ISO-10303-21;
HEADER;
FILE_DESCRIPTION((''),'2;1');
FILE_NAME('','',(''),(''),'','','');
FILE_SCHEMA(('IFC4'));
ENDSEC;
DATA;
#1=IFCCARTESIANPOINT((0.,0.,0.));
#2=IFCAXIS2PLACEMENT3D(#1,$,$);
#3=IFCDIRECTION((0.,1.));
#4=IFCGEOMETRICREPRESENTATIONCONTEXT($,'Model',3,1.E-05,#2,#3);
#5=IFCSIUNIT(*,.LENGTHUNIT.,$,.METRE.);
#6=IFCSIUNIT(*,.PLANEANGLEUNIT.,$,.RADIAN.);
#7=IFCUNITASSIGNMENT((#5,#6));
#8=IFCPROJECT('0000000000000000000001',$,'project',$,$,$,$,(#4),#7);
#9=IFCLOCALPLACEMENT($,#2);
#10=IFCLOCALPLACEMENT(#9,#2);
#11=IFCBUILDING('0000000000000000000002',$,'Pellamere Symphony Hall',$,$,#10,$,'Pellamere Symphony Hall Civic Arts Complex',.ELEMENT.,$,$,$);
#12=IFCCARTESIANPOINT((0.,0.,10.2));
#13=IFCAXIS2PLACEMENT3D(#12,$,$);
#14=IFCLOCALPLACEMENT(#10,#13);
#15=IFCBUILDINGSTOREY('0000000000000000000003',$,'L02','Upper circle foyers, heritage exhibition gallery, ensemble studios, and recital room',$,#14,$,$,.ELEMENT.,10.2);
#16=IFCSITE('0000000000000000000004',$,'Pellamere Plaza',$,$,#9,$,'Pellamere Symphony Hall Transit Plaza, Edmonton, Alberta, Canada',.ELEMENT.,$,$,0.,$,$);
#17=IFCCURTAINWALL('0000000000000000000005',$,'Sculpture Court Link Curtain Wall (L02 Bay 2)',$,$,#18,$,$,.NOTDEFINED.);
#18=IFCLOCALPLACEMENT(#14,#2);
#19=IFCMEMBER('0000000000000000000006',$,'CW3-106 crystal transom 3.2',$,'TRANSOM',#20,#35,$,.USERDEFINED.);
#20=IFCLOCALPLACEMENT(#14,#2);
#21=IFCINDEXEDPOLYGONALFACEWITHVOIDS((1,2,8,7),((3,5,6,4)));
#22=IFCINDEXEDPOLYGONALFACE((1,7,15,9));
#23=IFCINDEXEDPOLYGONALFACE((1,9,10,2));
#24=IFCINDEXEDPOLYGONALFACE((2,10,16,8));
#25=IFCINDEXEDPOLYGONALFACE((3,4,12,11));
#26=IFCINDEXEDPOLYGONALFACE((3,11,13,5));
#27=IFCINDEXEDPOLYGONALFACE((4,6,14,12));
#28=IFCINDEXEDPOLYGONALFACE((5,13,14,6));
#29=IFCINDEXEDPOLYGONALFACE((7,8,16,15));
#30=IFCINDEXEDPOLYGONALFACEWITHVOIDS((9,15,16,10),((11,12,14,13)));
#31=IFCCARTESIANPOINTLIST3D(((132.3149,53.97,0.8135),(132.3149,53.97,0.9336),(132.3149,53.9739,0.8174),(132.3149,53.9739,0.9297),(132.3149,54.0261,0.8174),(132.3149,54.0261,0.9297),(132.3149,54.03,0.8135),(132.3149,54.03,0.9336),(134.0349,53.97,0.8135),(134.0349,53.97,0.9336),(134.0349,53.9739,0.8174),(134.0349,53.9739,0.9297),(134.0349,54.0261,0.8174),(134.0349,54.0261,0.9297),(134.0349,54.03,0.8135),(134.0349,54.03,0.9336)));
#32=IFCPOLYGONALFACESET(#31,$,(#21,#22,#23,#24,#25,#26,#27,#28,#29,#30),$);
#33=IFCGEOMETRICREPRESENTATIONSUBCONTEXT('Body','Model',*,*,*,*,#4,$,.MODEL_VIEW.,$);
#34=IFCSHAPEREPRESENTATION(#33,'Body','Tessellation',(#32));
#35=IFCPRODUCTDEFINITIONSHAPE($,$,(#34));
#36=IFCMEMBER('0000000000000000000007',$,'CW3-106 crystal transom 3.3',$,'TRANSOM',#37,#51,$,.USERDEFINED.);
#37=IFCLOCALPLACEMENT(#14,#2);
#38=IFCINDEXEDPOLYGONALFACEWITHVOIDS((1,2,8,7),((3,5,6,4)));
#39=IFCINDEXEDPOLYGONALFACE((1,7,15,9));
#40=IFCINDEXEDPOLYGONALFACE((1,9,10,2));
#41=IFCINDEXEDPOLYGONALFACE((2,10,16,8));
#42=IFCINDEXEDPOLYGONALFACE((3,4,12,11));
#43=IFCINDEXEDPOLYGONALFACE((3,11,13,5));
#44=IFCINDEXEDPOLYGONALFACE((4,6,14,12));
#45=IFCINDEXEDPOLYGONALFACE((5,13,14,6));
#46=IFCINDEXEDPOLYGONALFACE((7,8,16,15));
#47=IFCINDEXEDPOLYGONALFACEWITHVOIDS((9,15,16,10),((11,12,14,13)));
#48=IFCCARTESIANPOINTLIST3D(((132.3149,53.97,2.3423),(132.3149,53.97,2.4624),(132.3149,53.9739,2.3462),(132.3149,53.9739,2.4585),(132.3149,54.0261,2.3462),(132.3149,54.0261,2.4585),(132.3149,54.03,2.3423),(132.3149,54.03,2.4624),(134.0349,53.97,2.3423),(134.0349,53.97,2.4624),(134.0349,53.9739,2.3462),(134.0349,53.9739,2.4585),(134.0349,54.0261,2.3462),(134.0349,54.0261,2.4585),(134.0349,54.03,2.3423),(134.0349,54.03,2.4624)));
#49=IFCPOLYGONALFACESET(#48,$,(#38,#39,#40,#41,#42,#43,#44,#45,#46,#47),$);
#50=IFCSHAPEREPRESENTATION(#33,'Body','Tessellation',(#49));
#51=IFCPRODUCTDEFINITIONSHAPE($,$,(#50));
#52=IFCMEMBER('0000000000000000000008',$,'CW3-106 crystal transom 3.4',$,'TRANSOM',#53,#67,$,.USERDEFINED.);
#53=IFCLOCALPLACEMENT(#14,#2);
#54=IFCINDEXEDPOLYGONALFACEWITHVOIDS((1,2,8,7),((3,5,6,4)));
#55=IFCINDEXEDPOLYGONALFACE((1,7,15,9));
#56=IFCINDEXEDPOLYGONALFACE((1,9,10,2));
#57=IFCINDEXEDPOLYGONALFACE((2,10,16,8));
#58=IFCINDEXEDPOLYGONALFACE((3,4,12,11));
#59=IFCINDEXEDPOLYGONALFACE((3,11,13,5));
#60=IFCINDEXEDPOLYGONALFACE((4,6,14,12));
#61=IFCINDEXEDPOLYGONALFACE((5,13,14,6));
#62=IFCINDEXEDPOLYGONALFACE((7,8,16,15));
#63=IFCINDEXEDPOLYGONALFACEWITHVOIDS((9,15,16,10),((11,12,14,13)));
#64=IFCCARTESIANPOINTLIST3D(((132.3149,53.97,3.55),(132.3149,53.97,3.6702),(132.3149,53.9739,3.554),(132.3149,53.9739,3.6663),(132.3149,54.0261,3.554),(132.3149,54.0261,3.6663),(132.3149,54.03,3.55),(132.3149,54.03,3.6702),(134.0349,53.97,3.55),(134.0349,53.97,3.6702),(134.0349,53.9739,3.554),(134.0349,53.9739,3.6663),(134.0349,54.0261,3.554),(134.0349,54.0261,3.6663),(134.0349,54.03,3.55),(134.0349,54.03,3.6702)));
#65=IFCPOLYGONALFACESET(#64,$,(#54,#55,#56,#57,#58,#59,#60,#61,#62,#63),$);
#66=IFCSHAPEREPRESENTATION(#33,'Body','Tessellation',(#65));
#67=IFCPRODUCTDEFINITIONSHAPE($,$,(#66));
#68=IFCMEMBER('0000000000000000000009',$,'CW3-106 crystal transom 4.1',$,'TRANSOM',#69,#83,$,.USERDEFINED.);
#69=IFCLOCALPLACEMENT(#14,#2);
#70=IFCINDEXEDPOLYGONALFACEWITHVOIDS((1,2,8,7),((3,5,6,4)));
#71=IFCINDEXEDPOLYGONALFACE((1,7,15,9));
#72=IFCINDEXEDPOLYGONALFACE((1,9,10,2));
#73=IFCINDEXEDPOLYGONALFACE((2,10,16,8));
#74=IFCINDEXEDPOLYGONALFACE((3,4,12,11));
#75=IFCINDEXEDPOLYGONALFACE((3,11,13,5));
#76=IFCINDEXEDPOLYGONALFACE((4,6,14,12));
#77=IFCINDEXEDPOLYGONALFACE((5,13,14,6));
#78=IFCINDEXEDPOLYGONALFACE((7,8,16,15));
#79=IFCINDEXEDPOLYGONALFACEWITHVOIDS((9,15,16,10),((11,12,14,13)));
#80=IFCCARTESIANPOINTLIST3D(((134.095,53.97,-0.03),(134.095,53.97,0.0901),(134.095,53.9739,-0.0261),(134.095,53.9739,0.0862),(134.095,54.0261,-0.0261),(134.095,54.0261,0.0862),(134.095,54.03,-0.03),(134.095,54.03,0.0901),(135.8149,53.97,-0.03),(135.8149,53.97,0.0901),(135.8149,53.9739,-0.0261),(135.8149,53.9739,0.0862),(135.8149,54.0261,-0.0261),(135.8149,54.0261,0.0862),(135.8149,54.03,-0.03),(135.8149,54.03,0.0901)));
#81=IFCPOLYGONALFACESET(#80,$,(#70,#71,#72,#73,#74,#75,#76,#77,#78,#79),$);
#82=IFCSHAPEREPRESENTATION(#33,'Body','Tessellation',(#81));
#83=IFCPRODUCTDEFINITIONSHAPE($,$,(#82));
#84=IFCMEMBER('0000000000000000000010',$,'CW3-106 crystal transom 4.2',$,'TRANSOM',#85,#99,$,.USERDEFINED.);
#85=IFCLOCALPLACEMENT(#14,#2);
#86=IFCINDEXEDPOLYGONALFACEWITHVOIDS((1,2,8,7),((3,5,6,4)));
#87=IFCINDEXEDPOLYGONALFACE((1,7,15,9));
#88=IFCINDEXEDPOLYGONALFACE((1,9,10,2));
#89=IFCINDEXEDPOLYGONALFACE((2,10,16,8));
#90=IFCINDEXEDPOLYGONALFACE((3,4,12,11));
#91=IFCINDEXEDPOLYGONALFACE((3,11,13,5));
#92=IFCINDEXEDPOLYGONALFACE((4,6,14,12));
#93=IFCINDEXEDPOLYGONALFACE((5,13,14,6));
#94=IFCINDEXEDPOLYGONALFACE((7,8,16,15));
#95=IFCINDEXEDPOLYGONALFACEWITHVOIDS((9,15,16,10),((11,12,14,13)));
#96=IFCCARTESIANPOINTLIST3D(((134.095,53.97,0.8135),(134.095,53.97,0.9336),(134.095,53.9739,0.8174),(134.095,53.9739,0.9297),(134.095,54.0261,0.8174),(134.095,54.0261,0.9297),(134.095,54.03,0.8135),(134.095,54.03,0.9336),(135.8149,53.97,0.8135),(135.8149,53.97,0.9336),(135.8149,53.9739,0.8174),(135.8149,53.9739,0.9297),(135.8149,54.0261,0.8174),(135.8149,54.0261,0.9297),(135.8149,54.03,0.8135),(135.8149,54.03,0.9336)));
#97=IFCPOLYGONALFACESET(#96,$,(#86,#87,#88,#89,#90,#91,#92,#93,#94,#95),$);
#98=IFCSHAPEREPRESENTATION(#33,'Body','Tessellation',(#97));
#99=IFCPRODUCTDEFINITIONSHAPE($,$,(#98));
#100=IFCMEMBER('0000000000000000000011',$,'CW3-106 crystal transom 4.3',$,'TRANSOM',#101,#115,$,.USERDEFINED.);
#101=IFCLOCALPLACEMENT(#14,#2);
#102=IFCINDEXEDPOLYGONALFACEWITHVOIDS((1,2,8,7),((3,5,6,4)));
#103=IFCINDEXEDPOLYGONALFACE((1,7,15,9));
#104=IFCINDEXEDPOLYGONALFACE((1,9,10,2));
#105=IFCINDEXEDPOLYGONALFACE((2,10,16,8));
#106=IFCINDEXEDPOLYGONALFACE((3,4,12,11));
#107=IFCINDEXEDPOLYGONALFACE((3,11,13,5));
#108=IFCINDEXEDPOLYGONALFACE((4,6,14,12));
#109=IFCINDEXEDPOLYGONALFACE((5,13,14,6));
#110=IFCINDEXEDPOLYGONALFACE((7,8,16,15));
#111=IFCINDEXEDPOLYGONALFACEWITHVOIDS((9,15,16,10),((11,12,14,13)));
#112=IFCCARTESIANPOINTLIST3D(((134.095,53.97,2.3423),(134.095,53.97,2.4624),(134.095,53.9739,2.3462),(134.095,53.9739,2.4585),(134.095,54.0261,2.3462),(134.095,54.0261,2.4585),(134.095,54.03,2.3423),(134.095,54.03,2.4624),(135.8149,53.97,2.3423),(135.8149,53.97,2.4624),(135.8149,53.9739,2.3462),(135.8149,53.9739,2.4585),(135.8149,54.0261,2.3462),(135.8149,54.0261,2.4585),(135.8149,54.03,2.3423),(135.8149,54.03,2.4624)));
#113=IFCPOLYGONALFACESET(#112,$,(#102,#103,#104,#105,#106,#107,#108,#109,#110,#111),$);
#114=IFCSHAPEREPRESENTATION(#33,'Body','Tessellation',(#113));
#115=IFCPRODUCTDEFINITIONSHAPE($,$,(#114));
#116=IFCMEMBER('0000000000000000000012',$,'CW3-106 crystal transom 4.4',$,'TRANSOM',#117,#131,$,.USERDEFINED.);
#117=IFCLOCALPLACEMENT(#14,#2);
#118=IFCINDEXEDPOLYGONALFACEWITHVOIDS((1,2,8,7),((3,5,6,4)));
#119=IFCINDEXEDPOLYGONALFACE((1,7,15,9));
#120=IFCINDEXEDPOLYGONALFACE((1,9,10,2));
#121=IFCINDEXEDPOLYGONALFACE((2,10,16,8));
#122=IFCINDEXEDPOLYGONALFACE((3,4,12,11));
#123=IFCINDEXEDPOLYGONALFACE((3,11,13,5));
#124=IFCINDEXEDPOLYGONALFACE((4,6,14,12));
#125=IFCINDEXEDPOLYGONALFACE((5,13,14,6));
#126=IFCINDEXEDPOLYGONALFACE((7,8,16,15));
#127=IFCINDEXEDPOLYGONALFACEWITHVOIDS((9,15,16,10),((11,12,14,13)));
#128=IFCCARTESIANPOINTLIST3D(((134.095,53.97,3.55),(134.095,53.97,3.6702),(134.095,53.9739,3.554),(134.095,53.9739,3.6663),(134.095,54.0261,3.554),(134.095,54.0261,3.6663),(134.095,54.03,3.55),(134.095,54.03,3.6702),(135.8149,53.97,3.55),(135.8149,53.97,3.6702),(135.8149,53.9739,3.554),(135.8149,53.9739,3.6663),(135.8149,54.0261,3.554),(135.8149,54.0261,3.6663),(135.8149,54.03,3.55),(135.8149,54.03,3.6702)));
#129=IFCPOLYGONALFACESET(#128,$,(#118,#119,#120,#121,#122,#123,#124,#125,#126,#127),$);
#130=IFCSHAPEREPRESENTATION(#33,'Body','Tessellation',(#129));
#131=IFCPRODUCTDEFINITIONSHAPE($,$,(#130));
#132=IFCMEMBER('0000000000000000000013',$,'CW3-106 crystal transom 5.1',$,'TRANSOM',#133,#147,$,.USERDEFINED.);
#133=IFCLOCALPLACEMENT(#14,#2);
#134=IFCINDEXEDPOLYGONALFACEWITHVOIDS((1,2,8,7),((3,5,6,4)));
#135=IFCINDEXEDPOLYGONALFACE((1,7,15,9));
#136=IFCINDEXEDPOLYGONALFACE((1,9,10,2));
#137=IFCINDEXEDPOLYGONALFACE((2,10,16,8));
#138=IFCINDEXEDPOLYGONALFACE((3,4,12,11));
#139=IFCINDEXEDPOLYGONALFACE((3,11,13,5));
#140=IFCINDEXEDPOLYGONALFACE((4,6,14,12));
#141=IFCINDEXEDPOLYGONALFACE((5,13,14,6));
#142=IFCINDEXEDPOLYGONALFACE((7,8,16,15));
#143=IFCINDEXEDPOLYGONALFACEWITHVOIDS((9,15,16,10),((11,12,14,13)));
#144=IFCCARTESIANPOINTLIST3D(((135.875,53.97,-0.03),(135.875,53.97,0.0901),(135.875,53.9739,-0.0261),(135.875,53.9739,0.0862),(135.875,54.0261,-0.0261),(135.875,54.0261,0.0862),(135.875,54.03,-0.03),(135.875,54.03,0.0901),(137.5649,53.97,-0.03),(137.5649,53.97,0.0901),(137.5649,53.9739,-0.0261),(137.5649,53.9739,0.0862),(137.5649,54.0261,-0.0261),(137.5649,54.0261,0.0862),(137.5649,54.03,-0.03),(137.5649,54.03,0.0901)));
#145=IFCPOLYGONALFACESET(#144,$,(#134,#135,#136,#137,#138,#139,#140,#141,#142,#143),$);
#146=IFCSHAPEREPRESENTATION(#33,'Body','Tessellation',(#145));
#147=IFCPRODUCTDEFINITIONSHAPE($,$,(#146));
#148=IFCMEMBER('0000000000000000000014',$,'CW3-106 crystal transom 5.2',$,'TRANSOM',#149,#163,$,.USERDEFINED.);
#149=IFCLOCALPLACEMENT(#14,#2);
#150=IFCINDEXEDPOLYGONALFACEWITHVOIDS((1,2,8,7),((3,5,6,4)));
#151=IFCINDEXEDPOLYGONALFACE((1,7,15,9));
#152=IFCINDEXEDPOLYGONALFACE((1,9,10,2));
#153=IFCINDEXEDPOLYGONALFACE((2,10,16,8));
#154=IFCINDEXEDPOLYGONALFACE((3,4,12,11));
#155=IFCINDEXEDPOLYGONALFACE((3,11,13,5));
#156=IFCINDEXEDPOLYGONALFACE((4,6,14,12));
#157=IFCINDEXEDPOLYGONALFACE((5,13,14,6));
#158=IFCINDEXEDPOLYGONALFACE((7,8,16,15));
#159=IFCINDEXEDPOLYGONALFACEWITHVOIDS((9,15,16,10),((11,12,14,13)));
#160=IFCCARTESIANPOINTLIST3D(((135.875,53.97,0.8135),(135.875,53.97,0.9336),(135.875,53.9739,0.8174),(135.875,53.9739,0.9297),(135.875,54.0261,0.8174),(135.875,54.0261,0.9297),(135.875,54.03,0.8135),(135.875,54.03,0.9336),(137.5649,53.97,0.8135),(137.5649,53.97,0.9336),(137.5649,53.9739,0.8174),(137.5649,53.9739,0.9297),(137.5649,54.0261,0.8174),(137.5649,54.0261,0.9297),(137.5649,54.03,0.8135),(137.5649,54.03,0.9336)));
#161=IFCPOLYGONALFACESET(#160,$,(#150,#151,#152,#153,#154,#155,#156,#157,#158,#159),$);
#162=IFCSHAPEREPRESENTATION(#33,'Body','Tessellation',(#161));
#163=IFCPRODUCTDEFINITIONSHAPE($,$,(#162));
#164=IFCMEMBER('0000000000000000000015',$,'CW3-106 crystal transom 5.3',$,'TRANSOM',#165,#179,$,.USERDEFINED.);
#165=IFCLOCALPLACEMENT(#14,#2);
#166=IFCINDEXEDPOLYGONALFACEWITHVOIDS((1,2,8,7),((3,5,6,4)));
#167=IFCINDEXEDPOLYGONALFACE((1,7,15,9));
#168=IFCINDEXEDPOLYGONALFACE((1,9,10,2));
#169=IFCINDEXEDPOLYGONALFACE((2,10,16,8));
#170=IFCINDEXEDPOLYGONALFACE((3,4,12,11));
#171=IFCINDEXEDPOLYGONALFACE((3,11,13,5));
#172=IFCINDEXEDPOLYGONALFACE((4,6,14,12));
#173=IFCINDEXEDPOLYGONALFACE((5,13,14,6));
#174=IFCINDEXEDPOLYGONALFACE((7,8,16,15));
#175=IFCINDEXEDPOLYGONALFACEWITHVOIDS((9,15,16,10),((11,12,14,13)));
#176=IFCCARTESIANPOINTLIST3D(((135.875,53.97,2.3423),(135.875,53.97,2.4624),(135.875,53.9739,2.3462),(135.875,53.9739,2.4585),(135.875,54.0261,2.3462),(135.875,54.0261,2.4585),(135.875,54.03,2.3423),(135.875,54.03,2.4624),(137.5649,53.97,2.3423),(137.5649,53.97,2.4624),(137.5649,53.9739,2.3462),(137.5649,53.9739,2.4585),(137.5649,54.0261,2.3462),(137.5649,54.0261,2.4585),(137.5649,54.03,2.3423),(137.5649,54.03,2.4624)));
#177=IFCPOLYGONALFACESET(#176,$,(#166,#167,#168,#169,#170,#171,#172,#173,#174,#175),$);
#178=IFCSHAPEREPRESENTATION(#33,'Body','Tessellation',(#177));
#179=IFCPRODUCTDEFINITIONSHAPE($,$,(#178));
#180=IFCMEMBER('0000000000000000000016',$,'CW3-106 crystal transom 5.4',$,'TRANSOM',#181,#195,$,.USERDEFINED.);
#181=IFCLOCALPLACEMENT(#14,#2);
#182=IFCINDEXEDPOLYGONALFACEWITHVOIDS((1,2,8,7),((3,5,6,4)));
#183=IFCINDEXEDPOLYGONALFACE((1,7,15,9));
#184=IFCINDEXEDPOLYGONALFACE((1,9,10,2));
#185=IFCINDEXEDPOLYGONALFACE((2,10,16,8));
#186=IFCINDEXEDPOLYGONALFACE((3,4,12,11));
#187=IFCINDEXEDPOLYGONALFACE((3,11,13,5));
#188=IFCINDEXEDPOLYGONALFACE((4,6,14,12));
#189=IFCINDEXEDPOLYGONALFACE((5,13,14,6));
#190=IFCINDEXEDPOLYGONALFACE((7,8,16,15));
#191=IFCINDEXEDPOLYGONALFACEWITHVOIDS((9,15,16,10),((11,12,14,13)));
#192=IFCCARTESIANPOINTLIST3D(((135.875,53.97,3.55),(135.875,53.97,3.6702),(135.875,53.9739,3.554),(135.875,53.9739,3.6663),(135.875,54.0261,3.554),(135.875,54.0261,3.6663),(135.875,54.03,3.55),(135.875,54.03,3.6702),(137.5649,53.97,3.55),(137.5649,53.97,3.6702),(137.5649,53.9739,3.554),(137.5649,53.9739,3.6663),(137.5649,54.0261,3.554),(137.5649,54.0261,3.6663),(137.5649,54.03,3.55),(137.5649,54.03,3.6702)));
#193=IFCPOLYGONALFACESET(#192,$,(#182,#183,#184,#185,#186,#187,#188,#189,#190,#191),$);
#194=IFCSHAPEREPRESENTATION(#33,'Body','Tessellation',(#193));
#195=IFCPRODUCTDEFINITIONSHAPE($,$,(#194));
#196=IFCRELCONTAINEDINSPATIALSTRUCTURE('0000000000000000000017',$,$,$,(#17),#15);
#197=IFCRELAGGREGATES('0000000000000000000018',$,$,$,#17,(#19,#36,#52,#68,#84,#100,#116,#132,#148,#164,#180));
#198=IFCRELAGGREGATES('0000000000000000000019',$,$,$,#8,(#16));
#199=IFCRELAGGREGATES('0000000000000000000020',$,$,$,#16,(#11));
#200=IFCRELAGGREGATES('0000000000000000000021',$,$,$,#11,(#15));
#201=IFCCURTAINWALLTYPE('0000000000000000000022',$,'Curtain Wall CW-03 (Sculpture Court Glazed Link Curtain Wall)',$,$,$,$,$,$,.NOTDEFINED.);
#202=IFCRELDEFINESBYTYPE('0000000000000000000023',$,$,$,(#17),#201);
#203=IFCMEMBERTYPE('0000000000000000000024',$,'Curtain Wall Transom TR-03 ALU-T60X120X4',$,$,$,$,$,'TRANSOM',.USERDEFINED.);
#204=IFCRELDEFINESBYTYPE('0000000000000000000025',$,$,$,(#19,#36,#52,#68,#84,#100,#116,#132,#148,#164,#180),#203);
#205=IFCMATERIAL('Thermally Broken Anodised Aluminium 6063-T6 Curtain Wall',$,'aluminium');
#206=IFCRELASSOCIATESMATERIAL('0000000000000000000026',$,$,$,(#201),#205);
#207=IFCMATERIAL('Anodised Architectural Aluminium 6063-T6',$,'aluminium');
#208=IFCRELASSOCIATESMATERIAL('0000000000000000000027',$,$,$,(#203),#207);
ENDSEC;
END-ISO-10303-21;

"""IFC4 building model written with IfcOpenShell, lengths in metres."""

from ifc_helpers import new_model, si_unit, direction, frame, origin, origin_2d, place, context, subcontext, project, spatial, hollow_rectangle, extrude, material, material_profile, profile_set, type_object, element, aggregate, save


model = new_model("IFC4")

# Units and contexts
model_context = context("Model", 3, precision=1e-05, world=origin(), true_north=direction((0.0, 1.0)))
body_context = subcontext(model_context, "Body", "Model", "MODEL_VIEW")
ifc_project = project(units=[si_unit("LENGTHUNIT", "METRE"), si_unit("PLANEANGLEUNIT", "RADIAN")], contexts=[model_context])

# Site, building, storey
site_placement = place(None, origin())
site = spatial("IfcSite", under=ifc_project, at=site_placement, Name="Pellamere Plaza", LongName="Pellamere Symphony Hall Transit Plaza, Edmonton, Alberta, Canada", CompositionType="ELEMENT", RefElevation=0.0)
building_placement = place(site_placement, origin())
building = spatial("IfcBuilding", under=site, at=building_placement, Name="Pellamere Symphony Hall", LongName="Pellamere Symphony Hall Civic Arts Complex", CompositionType="ELEMENT")
storey_placement = place(building_placement, frame((0.0, 0.0, 10.2)))
storey = spatial("IfcBuildingStorey", under=building, at=storey_placement, Name="L02", Description="Upper circle foyers, heritage exhibition gallery, ensemble studios, and recital room", CompositionType="ELEMENT", Elevation=10.2)

# Curtain wall, members
ifc_material_1 = material(Name="Thermally Broken Anodised Aluminium 6063-T6 Curtain Wall", Category="aluminium")
curtain_wall_type = type_object("IfcCurtainWallType", Name="Curtain Wall CW-03 (Sculpture Court Glazed Link Curtain Wall)", PredefinedType="NOTDEFINED", material=ifc_material_1)
curtain_wall_placement = place(storey_placement, origin())
curtain_wall = element("IfcCurtainWall", 1, at=curtain_wall_placement, inside=storey, type_object=curtain_wall_type, Name="Sculpture Court Link Curtain Wall (L02 Bay 2)", PredefinedType="NOTDEFINED")
ifc_material_2 = material(Name="Anodised Architectural Aluminium 6063-T6", Category="aluminium")
ifc_material_profile_1 = material_profile(ifc_material_2, hollow_rectangle(XDim=0.0601, YDim=0.1201, WallThickness=0.0039, at=origin_2d()), Name="ALU-T60X120X4")
ifc_profile_set_1 = profile_set([ifc_material_profile_1], Name="Anodised Architectural Aluminium 6063-T6")
member_type_1 = type_object("IfcMemberType", Name="Curtain Wall Transom TR-03 ALU-T60X120X4", ElementType="TRANSOM", PredefinedType="USERDEFINED", material=ifc_profile_set_1)
member_1_placement = place(storey_placement, frame((132.3149, 54.0, 0.8735), z_axis=(1.0, 0.0, 0.0), x_axis=(0.0, 1.0, 0.0)))
member_1 = element("IfcMember", 2, at=member_1_placement, type_object=member_type_1, Name="CW3-106 crystal transom 3.2", ObjectType="TRANSOM", PredefinedType="USERDEFINED", context=body_context, shape_type="SweptSolid", body=[
    extrude(hollow_rectangle(XDim=0.0601, YDim=0.1201, WallThickness=0.0039, at=origin_2d()), origin(), (0.0, 0.0, 1.0), 1.72),
])
member_2_placement = place(storey_placement, frame((132.3149, 54.0, 2.4023), z_axis=(1.0, 0.0, 0.0), x_axis=(0.0, 1.0, 0.0)))
member_2 = element("IfcMember", 3, at=member_2_placement, type_object=member_type_1, Name="CW3-106 crystal transom 3.3", ObjectType="TRANSOM", PredefinedType="USERDEFINED", context=body_context, shape_type="SweptSolid", body=[
    extrude(hollow_rectangle(XDim=0.0601, YDim=0.1201, WallThickness=0.0039, at=origin_2d()), origin(), (0.0, 0.0, 1.0), 1.72),
])
member_3_placement = place(storey_placement, frame((132.3149, 54.0, 3.6101), z_axis=(1.0, 0.0, 0.0), x_axis=(0.0, 1.0, 0.0)))
member_3 = element("IfcMember", 4, at=member_3_placement, type_object=member_type_1, Name="CW3-106 crystal transom 3.4", ObjectType="TRANSOM", PredefinedType="USERDEFINED", context=body_context, shape_type="SweptSolid", body=[
    extrude(hollow_rectangle(XDim=0.0601, YDim=0.1201, WallThickness=0.0039, at=origin_2d()), origin(), (0.0, 0.0, 1.0), 1.72),
])
member_4_placement = place(storey_placement, frame((134.095, 54.0, 0.03), z_axis=(1.0, 0.0, 0.0), x_axis=(0.0, 1.0, 0.0)))
member_4 = element("IfcMember", 5, at=member_4_placement, type_object=member_type_1, Name="CW3-106 crystal transom 4.1", ObjectType="TRANSOM", PredefinedType="USERDEFINED", context=body_context, shape_type="SweptSolid", body=[
    extrude(hollow_rectangle(XDim=0.0601, YDim=0.1201, WallThickness=0.0039, at=origin_2d()), origin(), (0.0, 0.0, 1.0), 1.72),
])
member_5_placement = place(storey_placement, frame((134.095, 54.0, 0.8735), z_axis=(1.0, 0.0, 0.0), x_axis=(0.0, 1.0, 0.0)))
member_5 = element("IfcMember", 6, at=member_5_placement, type_object=member_type_1, Name="CW3-106 crystal transom 4.2", ObjectType="TRANSOM", PredefinedType="USERDEFINED", context=body_context, shape_type="SweptSolid", body=[
    extrude(hollow_rectangle(XDim=0.0601, YDim=0.1201, WallThickness=0.0039, at=origin_2d()), origin(), (0.0, 0.0, 1.0), 1.72),
])
member_6_placement = place(storey_placement, frame((134.095, 54.0, 2.4023), z_axis=(1.0, 0.0, 0.0), x_axis=(0.0, 1.0, 0.0)))
member_6 = element("IfcMember", 7, at=member_6_placement, type_object=member_type_1, Name="CW3-106 crystal transom 4.3", ObjectType="TRANSOM", PredefinedType="USERDEFINED", context=body_context, shape_type="SweptSolid", body=[
    extrude(hollow_rectangle(XDim=0.0601, YDim=0.1201, WallThickness=0.0039, at=origin_2d()), origin(), (0.0, 0.0, 1.0), 1.72),
])
member_7_placement = place(storey_placement, frame((134.095, 54.0, 3.6101), z_axis=(1.0, 0.0, 0.0), x_axis=(0.0, 1.0, 0.0)))
member_7 = element("IfcMember", 8, at=member_7_placement, type_object=member_type_1, Name="CW3-106 crystal transom 4.4", ObjectType="TRANSOM", PredefinedType="USERDEFINED", context=body_context, shape_type="SweptSolid", body=[
    extrude(hollow_rectangle(XDim=0.0601, YDim=0.1201, WallThickness=0.0039, at=origin_2d()), origin(), (0.0, 0.0, 1.0), 1.72),
])
member_8_placement = place(storey_placement, frame((135.875, 54.0, 0.03), z_axis=(1.0, 0.0, 0.0), x_axis=(0.0, 1.0, 0.0)))
member_8 = element("IfcMember", 9, at=member_8_placement, type_object=member_type_1, Name="CW3-106 crystal transom 5.1", ObjectType="TRANSOM", PredefinedType="USERDEFINED", context=body_context, shape_type="SweptSolid", body=[
    extrude(hollow_rectangle(XDim=0.0601, YDim=0.1201, WallThickness=0.0039, at=origin_2d()), origin(), (0.0, 0.0, 1.0), 1.6899),
])
member_9_placement = place(storey_placement, frame((135.875, 54.0, 0.8735), z_axis=(1.0, 0.0, 0.0), x_axis=(0.0, 1.0, 0.0)))
member_9 = element("IfcMember", 10, at=member_9_placement, type_object=member_type_1, Name="CW3-106 crystal transom 5.2", ObjectType="TRANSOM", PredefinedType="USERDEFINED", context=body_context, shape_type="SweptSolid", body=[
    extrude(hollow_rectangle(XDim=0.0601, YDim=0.1201, WallThickness=0.0039, at=origin_2d()), origin(), (0.0, 0.0, 1.0), 1.6899),
])
member_10_placement = place(storey_placement, frame((135.875, 54.0, 2.4023), z_axis=(1.0, 0.0, 0.0), x_axis=(0.0, 1.0, 0.0)))
member_10 = element("IfcMember", 11, at=member_10_placement, type_object=member_type_1, Name="CW3-106 crystal transom 5.3", ObjectType="TRANSOM", PredefinedType="USERDEFINED", context=body_context, shape_type="SweptSolid", body=[
    extrude(hollow_rectangle(XDim=0.0601, YDim=0.1201, WallThickness=0.0039, at=origin_2d()), origin(), (0.0, 0.0, 1.0), 1.6899),
])
member_11_placement = place(storey_placement, frame((135.875, 54.0, 3.6101), z_axis=(1.0, 0.0, 0.0), x_axis=(0.0, 1.0, 0.0)))
member_11 = element("IfcMember", 12, at=member_11_placement, type_object=member_type_1, Name="CW3-106 crystal transom 5.4", ObjectType="TRANSOM", PredefinedType="USERDEFINED", context=body_context, shape_type="SweptSolid", body=[
    extrude(hollow_rectangle(XDim=0.0601, YDim=0.1201, WallThickness=0.0039, at=origin_2d()), origin(), (0.0, 0.0, 1.0), 1.6899),
])

aggregate(curtain_wall, [member_1, member_2, member_3, member_4, member_5, member_6, member_7, member_8, member_9, member_10, member_11])

save(model, "model.ifc")
